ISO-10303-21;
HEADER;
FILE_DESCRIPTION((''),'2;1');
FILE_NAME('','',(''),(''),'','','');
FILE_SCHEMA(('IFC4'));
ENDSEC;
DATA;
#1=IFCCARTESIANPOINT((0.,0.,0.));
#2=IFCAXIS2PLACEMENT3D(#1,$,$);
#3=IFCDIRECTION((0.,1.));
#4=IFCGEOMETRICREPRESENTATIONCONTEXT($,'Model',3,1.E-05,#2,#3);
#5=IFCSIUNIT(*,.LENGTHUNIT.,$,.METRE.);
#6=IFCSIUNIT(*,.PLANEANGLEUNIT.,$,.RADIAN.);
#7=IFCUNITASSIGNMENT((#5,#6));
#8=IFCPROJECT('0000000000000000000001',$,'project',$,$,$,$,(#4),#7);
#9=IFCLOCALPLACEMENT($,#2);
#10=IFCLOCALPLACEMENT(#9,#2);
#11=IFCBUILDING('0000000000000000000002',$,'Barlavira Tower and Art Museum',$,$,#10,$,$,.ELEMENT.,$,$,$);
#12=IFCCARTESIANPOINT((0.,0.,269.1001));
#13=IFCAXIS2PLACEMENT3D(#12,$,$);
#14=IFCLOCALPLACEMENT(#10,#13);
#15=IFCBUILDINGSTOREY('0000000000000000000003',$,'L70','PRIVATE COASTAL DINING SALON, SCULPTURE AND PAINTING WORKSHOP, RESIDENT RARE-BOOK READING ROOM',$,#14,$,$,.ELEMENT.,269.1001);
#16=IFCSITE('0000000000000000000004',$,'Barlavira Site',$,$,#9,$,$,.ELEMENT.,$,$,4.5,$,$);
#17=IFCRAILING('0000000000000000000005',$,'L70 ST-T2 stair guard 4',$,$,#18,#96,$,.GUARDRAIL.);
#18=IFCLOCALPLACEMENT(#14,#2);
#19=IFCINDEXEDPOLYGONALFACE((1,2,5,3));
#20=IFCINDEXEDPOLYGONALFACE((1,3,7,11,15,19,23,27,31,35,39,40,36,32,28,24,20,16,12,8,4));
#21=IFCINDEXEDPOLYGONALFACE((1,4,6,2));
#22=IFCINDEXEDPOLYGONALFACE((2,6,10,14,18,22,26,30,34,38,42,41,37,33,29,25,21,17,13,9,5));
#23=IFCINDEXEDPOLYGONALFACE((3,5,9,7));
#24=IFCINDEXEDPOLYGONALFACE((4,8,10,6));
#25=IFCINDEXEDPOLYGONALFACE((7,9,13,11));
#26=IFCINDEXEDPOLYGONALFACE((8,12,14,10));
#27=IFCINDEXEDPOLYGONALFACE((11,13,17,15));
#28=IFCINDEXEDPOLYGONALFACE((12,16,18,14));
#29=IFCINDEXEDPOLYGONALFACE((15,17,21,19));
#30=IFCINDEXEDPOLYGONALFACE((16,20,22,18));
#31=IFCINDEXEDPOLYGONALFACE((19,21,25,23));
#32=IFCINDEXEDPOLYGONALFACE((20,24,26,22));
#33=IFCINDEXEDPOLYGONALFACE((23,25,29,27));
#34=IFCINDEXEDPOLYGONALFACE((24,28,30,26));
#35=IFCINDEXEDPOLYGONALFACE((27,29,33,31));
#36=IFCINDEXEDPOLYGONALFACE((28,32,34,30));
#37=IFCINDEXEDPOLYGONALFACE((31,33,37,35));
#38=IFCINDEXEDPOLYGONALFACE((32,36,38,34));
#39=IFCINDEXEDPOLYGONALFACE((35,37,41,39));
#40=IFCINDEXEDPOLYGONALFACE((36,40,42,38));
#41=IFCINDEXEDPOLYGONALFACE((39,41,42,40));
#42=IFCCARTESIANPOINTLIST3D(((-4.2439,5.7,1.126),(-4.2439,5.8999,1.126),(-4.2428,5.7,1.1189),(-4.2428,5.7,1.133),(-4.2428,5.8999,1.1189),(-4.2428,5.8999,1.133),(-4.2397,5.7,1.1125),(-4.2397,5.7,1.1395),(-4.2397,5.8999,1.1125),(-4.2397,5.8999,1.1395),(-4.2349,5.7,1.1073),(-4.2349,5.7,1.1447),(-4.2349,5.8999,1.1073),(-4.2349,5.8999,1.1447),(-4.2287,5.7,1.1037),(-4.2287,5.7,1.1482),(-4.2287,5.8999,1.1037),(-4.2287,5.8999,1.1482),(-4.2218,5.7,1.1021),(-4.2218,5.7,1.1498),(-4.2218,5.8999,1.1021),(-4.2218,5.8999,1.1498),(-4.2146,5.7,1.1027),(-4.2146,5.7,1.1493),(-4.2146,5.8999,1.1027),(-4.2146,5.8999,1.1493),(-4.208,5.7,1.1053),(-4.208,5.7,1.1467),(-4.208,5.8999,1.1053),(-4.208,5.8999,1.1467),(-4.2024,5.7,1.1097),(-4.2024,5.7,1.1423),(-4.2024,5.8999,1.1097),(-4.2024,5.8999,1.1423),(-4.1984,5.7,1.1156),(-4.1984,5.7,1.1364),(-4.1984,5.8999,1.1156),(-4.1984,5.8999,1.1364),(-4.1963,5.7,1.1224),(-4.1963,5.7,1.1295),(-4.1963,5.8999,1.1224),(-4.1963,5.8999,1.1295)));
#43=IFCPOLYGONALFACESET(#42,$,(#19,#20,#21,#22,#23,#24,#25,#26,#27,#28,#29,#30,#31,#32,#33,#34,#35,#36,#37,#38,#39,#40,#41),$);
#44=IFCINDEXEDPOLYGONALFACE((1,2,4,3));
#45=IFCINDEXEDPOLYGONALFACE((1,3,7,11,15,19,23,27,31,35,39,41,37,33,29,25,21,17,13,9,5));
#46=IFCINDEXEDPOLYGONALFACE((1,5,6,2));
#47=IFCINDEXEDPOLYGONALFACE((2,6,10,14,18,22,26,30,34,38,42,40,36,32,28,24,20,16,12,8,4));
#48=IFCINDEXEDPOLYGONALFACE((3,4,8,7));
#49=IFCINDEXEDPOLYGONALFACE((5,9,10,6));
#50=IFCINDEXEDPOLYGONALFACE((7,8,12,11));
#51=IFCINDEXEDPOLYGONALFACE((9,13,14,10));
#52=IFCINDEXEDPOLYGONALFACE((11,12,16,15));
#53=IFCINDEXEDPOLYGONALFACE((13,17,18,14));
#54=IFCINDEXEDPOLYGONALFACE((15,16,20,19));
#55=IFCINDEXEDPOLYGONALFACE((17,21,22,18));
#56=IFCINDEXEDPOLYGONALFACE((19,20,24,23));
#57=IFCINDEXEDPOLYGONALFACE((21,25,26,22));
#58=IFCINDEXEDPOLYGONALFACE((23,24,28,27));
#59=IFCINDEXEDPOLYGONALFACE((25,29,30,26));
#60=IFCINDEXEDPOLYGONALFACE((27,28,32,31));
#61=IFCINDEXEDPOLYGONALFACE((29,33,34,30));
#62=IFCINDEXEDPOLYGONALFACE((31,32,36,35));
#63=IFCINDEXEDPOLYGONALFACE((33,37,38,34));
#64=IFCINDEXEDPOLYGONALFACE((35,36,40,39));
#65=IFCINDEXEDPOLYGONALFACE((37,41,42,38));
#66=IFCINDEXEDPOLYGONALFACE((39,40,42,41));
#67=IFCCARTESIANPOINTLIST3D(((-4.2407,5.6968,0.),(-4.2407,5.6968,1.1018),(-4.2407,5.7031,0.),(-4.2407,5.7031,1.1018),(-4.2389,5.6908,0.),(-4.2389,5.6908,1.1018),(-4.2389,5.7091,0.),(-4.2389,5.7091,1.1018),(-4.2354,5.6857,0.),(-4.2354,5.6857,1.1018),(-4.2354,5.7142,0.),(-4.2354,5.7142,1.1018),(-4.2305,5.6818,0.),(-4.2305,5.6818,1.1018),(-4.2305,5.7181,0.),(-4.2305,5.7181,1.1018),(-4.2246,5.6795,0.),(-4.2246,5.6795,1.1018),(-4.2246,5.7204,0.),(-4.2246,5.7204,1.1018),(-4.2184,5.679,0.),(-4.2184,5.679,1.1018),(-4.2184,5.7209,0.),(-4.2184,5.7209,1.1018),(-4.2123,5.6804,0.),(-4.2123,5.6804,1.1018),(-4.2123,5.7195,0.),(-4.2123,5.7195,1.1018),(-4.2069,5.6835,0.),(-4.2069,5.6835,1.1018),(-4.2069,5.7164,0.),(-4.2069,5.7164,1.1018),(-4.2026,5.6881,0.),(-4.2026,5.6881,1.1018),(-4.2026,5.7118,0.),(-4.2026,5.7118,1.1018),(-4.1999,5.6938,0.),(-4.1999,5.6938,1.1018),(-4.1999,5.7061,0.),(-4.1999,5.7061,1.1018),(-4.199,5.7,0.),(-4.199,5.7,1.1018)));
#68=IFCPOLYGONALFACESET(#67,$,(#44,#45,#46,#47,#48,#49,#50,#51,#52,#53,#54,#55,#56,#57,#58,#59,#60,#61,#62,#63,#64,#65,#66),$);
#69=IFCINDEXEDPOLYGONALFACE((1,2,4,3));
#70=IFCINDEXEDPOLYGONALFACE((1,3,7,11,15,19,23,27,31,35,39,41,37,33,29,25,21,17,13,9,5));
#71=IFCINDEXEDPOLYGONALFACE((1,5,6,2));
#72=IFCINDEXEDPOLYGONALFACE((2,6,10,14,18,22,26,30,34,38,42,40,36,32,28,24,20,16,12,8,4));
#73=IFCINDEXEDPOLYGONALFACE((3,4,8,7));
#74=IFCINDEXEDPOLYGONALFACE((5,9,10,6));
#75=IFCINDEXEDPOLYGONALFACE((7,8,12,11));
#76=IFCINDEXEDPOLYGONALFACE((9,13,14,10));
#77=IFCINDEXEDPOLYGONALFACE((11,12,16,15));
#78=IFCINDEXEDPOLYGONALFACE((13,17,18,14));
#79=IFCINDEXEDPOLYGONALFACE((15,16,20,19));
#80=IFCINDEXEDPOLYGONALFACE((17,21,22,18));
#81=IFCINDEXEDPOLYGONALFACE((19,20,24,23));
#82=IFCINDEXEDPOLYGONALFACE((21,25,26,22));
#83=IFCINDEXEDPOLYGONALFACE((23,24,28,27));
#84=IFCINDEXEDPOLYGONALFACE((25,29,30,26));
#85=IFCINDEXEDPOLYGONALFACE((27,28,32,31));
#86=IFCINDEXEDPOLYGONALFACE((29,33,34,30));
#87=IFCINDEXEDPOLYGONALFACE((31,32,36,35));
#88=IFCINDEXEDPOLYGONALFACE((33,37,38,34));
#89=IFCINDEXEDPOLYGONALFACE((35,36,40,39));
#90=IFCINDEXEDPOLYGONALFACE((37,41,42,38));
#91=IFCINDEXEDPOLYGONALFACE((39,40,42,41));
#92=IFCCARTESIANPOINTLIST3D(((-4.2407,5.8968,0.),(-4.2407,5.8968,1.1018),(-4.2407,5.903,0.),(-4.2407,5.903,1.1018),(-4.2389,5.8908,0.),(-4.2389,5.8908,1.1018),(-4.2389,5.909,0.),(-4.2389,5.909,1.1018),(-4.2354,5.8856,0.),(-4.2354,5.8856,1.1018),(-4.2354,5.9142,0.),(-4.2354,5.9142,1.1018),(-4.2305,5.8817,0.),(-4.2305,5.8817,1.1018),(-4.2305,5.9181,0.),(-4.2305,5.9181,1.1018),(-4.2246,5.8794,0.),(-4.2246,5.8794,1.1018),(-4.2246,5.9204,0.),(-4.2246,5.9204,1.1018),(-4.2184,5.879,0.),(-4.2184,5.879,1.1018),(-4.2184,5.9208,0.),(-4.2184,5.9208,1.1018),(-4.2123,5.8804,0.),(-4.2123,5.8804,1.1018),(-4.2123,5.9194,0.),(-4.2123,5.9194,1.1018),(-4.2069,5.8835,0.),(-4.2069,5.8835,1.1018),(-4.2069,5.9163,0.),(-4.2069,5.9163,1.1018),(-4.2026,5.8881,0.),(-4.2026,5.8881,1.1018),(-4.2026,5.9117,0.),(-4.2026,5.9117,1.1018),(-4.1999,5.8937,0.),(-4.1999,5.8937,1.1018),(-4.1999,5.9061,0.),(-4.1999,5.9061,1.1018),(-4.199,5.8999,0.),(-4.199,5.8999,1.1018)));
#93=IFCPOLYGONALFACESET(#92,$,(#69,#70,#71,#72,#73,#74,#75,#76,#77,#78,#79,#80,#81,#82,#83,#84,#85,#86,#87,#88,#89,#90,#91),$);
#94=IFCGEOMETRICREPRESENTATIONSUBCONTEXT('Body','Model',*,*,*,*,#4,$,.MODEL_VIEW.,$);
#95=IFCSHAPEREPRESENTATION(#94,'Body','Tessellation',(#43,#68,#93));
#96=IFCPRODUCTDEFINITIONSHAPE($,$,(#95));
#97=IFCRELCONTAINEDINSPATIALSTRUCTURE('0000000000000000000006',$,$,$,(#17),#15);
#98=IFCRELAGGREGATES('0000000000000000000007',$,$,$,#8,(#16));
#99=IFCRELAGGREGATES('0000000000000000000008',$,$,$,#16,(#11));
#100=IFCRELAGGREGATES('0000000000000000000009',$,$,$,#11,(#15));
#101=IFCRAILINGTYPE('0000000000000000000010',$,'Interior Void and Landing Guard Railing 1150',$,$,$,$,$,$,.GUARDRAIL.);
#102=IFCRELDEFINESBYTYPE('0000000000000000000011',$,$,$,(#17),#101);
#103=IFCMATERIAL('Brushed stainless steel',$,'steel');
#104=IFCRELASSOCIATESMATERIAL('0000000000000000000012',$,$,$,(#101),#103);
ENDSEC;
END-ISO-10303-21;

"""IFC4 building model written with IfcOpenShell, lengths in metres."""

from ifc_helpers import new_model, si_unit, direction, frame, origin, origin_2d, place, context, subcontext, project, spatial, circle, extrude, material, type_object, element, save


model = new_model("IFC4")

# Units and contexts
model_context = context("Model", 3, precision=1e-05, world=origin(), true_north=direction((0.0, 1.0)))
body_context = subcontext(model_context, "Body", "Model", "MODEL_VIEW")
ifc_project = project(units=[si_unit("LENGTHUNIT", "METRE"), si_unit("PLANEANGLEUNIT", "RADIAN")], contexts=[model_context])

# Site, building, storey
site_placement = place(None, origin())
site = spatial("IfcSite", under=ifc_project, at=site_placement, Name="Barlavira Site", CompositionType="ELEMENT", RefElevation=4.5)
building_placement = place(site_placement, origin())
building = spatial("IfcBuilding", under=site, at=building_placement, Name="Barlavira Tower and Art Museum", CompositionType="ELEMENT")
storey_placement = place(building_placement, frame((0.0, 0.0, 269.1001)))
storey = spatial("IfcBuildingStorey", under=building, at=storey_placement, Name="L70", Description="PRIVATE COASTAL DINING SALON, SCULPTURE AND PAINTING WORKSHOP, RESIDENT RARE-BOOK READING ROOM", CompositionType="ELEMENT", Elevation=269.1001)

# Shared definitions
ifc_material_1 = material(Name="Brushed stainless steel", Category="steel")

# Railing
railing_type_1 = type_object("IfcRailingType", Name="Interior Void and Landing Guard Railing 1150", PredefinedType="GUARDRAIL", material=ifc_material_1)
railing_1_placement = place(storey_placement, frame((-4.22, 5.7, 0.0)))
element("IfcRailing", 1, at=railing_1_placement, inside=storey, type_object=railing_type_1, Name="L70 ST-T2 stair guard 4", PredefinedType="GUARDRAIL", context=body_context, shape_type="SweptSolid", body=[
    extrude(circle(Radius=0.0239, at=origin_2d()), frame((0.0, 0.0, 1.126), z_axis=(0.0, 1.0, 0.0), x_axis=(-1.0, 0.0, 0.0)), (0.0, 0.0, 1.0), 0.2),
    extrude(circle(Radius=0.021, at=origin_2d()), origin(), (0.0, 0.0, 1.0), 1.1018),
    extrude(circle(Radius=0.021, at=origin_2d()), frame((0.0, 0.2, 0.0)), (0.0, 0.0, 1.0), 1.1018),
])

save(model, "model.ifc")
